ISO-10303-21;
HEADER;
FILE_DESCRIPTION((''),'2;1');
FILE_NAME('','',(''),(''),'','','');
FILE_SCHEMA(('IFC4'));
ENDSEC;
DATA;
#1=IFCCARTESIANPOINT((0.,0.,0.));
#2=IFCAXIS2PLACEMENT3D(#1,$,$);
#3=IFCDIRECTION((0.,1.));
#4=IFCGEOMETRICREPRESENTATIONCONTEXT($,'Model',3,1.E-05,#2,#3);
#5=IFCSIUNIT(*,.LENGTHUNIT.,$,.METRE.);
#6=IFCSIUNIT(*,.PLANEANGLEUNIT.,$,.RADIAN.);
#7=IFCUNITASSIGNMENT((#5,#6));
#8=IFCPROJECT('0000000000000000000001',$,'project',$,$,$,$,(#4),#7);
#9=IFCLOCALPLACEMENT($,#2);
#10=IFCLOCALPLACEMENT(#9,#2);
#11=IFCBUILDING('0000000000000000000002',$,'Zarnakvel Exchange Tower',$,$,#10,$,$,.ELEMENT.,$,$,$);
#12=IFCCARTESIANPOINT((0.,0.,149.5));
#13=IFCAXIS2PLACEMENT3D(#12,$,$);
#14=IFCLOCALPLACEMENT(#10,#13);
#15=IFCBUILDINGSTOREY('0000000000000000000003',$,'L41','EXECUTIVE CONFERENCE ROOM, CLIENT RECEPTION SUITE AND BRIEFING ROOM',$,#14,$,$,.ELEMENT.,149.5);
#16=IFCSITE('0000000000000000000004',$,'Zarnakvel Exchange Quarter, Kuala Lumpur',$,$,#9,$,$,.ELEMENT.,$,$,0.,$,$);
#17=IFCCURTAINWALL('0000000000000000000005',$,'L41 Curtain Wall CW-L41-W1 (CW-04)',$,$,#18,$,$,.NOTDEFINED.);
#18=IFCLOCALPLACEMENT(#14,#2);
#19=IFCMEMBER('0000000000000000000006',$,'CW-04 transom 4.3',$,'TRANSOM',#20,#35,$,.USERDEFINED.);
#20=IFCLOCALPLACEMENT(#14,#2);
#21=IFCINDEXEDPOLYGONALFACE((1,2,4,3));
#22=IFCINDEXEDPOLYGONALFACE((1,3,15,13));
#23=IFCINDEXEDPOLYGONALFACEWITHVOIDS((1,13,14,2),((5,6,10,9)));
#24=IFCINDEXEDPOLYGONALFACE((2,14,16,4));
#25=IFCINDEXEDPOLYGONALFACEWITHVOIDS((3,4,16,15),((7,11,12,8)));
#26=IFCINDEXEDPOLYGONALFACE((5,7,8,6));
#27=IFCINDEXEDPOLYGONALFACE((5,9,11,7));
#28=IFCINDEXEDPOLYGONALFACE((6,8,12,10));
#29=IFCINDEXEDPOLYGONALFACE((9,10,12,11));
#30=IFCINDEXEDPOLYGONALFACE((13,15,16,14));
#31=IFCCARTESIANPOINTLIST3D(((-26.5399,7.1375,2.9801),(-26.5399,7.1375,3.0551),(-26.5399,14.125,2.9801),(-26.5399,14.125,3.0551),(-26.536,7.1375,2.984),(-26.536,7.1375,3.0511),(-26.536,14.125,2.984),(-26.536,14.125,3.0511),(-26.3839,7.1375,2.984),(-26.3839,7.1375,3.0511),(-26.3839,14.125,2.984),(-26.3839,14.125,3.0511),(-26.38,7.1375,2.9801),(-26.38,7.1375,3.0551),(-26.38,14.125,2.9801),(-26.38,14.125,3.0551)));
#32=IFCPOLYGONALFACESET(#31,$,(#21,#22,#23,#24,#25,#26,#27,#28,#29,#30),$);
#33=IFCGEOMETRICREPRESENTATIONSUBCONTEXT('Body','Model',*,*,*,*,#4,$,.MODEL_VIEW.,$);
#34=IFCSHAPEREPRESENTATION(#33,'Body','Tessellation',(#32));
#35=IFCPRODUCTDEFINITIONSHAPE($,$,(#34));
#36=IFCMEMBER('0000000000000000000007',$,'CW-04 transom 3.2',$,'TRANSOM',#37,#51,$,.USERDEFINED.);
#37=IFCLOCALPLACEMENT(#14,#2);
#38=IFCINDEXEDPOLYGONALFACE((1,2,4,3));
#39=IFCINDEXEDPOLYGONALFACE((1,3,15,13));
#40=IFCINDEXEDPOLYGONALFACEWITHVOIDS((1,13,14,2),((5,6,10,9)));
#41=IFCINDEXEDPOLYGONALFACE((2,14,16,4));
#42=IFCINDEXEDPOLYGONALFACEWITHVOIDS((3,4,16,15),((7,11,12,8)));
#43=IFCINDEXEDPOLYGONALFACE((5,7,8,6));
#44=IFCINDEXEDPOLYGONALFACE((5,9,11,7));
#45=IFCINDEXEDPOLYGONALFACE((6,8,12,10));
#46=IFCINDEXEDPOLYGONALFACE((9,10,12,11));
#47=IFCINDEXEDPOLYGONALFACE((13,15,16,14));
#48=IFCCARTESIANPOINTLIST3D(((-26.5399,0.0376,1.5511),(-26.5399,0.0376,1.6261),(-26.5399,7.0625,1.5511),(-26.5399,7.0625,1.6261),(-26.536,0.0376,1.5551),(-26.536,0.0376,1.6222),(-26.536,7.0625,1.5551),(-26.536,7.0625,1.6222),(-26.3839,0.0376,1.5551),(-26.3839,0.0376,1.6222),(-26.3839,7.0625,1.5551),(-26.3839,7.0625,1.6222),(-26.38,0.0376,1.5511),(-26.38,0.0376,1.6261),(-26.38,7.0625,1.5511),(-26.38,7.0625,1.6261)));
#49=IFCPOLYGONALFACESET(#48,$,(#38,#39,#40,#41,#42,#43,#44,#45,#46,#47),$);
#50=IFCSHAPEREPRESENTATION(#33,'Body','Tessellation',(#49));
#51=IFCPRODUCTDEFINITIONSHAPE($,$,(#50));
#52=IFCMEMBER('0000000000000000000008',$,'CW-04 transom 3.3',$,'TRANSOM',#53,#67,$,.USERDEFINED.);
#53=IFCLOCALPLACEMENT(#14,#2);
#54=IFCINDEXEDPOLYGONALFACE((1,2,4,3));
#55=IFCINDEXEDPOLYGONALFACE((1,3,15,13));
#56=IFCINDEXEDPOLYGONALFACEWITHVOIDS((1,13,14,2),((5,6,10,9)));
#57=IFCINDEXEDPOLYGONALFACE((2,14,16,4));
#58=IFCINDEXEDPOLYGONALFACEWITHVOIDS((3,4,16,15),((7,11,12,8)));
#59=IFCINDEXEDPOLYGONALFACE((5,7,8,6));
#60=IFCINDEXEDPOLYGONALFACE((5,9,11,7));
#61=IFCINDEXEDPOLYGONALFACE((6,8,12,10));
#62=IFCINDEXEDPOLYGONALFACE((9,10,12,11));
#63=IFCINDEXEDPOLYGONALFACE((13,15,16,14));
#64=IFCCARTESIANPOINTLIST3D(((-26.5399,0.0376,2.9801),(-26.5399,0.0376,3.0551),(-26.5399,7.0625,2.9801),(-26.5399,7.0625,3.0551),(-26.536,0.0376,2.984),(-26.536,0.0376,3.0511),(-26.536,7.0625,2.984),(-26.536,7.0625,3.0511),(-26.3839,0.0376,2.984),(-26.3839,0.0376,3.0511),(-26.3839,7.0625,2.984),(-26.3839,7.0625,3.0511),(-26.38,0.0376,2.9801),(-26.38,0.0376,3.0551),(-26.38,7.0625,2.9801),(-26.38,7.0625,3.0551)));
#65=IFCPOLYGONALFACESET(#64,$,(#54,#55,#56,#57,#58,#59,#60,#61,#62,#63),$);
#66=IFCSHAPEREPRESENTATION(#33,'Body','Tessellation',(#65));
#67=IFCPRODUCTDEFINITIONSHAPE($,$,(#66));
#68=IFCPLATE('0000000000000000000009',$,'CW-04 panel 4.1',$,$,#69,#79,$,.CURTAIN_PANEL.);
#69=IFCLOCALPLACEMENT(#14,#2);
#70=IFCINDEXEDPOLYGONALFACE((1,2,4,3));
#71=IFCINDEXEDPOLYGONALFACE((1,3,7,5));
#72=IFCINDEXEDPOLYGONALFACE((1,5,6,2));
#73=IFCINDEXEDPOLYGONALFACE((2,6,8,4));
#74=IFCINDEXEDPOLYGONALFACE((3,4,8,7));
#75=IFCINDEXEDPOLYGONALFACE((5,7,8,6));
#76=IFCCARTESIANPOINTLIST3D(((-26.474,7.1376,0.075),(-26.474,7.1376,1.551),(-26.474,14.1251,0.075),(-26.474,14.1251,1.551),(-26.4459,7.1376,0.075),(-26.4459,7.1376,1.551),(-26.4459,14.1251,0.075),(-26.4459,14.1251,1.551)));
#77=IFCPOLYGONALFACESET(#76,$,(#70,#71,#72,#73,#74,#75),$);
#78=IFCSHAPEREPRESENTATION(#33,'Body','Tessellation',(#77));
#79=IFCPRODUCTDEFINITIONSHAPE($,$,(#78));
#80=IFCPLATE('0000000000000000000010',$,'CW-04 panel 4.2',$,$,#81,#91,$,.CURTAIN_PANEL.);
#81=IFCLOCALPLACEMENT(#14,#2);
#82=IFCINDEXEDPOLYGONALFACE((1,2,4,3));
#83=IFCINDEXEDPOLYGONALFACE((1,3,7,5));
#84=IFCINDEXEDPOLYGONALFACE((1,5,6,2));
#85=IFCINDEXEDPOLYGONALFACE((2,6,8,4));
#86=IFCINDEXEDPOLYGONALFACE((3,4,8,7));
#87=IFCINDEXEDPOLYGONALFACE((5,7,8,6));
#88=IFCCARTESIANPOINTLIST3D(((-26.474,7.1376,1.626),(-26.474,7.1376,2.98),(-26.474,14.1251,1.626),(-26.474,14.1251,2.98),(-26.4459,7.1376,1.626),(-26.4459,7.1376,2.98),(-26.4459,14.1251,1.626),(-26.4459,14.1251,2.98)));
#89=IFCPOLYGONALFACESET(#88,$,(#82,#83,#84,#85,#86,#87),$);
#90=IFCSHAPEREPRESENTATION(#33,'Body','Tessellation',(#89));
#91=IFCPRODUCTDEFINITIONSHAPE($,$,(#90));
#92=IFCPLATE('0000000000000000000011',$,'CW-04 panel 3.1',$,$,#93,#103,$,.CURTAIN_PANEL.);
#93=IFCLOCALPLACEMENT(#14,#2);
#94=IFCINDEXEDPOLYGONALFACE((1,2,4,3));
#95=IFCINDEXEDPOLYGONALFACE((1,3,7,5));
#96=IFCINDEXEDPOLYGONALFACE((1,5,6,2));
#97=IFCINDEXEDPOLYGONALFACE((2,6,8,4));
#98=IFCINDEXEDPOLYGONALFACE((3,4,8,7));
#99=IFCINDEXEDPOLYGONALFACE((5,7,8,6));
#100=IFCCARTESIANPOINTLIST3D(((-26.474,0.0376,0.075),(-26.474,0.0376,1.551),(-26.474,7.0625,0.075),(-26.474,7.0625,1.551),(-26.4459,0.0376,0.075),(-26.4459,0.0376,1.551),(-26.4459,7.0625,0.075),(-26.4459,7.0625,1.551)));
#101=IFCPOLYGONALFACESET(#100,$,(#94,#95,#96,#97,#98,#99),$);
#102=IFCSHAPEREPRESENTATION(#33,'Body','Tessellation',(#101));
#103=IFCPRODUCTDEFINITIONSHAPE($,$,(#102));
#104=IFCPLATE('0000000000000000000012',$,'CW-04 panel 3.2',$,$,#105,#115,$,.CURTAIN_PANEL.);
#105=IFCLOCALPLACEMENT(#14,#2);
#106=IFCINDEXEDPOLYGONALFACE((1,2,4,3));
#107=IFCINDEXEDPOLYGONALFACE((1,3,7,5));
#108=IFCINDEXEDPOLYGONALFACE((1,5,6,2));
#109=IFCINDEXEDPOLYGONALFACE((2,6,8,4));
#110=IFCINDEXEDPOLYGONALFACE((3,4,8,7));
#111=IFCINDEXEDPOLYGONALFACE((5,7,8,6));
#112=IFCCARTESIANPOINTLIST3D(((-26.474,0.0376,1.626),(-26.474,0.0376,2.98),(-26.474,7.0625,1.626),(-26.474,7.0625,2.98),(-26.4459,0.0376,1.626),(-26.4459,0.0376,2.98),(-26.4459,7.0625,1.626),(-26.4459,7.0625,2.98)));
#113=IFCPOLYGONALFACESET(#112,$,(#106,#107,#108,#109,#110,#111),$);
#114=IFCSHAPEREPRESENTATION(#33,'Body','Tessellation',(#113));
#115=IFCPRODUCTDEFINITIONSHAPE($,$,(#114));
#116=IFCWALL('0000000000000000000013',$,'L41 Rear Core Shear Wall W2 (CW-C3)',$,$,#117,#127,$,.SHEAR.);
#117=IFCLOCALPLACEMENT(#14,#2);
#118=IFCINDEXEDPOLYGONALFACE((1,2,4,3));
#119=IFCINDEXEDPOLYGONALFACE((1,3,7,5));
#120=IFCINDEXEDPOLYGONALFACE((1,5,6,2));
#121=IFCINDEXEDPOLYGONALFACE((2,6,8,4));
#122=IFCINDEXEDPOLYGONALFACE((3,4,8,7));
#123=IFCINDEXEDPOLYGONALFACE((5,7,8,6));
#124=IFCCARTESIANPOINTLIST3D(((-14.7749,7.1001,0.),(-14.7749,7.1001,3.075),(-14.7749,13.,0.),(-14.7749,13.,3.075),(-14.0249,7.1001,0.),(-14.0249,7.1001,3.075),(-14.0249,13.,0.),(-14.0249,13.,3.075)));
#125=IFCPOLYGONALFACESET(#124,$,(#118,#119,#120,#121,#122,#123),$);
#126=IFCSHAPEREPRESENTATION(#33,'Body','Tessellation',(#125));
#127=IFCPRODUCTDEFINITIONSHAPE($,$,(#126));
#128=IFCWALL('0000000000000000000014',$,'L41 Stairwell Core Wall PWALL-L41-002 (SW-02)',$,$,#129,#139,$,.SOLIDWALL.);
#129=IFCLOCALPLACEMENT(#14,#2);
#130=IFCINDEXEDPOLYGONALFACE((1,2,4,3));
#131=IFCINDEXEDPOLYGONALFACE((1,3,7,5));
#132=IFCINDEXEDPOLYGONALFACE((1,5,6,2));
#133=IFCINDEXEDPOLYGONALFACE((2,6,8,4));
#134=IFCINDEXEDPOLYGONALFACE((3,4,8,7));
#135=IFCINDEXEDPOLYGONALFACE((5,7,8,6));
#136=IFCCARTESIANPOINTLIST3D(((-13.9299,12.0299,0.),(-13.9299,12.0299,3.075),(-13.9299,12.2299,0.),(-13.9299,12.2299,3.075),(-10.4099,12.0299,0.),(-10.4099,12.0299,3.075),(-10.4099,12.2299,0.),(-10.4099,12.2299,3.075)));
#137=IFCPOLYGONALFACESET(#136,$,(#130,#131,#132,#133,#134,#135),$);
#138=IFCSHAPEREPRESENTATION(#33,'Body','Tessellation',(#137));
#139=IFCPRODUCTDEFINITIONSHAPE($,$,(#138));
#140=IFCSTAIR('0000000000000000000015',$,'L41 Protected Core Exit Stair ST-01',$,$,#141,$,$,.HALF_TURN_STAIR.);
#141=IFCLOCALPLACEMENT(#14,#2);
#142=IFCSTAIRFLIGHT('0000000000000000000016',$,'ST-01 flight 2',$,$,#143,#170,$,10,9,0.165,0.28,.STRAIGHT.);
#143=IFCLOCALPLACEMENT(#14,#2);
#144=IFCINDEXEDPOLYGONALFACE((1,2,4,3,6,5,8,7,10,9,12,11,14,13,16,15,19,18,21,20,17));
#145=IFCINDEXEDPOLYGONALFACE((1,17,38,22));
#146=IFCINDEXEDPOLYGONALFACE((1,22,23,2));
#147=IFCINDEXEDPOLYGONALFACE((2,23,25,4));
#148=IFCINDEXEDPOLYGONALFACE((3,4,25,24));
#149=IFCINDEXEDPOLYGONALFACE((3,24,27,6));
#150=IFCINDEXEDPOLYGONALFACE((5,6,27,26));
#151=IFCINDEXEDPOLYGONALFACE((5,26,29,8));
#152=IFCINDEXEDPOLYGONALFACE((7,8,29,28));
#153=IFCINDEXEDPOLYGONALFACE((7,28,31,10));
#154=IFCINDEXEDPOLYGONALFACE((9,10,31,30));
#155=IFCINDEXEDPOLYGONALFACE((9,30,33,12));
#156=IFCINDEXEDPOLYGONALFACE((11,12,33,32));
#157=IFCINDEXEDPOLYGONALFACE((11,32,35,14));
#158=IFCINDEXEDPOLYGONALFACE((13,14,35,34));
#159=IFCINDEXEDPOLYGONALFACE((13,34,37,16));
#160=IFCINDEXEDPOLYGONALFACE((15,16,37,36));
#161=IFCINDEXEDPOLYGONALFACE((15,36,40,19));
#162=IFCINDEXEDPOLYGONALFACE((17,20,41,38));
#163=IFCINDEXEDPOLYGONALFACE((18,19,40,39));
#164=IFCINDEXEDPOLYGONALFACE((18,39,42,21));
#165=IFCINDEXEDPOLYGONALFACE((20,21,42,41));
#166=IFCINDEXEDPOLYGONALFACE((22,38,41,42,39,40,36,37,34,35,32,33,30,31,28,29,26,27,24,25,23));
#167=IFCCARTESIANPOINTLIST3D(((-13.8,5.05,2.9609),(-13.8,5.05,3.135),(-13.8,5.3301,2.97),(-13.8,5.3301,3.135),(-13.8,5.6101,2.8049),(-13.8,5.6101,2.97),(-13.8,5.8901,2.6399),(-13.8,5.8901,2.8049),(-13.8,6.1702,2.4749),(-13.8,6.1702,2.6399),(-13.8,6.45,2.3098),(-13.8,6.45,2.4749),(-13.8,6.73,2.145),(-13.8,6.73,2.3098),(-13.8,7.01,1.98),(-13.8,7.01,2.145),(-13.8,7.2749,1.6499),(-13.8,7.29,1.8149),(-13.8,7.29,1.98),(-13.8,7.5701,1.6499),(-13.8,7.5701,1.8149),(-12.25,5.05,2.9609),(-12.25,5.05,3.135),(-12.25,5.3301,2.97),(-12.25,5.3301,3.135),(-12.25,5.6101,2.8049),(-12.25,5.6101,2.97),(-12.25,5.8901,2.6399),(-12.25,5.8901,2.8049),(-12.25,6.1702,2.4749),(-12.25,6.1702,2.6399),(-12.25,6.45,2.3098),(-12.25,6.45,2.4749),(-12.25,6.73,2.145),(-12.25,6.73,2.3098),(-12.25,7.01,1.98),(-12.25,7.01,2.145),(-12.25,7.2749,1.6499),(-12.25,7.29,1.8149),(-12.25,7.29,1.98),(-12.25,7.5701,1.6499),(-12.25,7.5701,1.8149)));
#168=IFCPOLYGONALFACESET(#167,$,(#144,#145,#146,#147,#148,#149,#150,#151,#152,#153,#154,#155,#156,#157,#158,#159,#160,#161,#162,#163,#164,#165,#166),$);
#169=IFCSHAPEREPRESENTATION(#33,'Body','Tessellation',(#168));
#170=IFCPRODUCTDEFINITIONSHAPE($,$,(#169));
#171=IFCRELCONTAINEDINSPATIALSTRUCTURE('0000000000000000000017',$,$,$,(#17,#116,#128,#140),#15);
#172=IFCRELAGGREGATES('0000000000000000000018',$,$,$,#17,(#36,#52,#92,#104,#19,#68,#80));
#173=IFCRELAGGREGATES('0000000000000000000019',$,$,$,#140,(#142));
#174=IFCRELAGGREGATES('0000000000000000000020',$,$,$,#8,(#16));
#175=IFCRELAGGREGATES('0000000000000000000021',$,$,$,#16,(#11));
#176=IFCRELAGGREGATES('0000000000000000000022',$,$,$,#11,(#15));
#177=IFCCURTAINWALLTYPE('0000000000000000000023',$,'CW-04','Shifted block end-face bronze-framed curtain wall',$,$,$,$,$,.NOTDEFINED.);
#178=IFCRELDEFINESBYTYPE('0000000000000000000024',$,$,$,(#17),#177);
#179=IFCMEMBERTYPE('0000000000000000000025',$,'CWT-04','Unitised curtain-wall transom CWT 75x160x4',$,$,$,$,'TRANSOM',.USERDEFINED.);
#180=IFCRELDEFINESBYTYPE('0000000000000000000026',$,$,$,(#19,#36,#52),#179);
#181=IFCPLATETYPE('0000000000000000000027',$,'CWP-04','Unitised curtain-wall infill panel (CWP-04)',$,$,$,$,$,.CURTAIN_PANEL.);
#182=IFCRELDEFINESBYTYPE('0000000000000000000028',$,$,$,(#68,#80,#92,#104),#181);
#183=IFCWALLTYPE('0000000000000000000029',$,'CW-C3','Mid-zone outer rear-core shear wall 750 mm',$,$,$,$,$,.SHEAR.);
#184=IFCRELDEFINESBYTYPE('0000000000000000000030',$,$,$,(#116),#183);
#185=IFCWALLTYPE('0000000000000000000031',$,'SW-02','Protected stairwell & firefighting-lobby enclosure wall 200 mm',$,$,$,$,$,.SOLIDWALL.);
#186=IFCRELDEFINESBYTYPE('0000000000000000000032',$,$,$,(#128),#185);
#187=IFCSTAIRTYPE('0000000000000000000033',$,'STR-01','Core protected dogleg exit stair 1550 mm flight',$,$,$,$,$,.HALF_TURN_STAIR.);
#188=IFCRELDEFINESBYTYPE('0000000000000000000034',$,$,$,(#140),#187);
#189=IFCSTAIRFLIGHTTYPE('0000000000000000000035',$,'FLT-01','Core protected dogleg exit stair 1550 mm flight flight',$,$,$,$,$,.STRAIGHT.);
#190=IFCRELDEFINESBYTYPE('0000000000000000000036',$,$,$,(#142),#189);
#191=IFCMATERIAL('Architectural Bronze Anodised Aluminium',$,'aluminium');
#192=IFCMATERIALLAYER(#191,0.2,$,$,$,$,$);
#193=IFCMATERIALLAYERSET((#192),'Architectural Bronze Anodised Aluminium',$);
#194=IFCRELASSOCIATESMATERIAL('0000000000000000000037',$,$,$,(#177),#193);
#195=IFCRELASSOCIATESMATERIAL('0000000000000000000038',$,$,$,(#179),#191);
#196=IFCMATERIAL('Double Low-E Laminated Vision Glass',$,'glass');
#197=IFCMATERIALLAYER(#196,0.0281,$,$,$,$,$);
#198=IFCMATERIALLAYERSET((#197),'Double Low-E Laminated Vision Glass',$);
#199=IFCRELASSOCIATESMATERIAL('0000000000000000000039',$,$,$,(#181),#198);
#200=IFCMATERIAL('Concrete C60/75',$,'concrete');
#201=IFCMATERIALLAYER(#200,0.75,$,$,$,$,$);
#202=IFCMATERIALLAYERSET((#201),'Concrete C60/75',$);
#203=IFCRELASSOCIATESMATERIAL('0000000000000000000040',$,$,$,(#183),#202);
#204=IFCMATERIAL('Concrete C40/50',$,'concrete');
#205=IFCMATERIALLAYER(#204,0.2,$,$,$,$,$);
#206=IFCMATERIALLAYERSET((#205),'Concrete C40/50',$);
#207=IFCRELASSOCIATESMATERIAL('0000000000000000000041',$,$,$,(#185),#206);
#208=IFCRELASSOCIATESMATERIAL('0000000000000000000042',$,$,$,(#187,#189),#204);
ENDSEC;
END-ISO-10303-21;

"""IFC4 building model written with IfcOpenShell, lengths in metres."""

from ifc_helpers import new_model, si_unit, direction, frame, frame_2d, origin, origin_2d, place, context, subcontext, project, spatial, polyline, rectangle, hollow_rectangle, outline, extrude, source, transform, mapped, material, layer, layer_set, material_profile, profile_set, type_object, element, aggregate, save


model = new_model("IFC4")

# Units and contexts
model_context = context("Model", 3, precision=1e-05, world=origin(), true_north=direction((0.0, 1.0)))
body_context = subcontext(model_context, "Body", "Model", "MODEL_VIEW")
ifc_project = project(units=[si_unit("LENGTHUNIT", "METRE"), si_unit("PLANEANGLEUNIT", "RADIAN")], contexts=[model_context])

# Site, building, storey
site_placement = place(None, origin())
site = spatial("IfcSite", under=ifc_project, at=site_placement, Name="Zarnakvel Exchange Quarter, Kuala Lumpur", CompositionType="ELEMENT", RefElevation=0.0)
building_placement = place(site_placement, origin())
building = spatial("IfcBuilding", under=site, at=building_placement, Name="Zarnakvel Exchange Tower", CompositionType="ELEMENT")
storey_placement = place(building_placement, frame((0.0, 0.0, 149.5)))
storey = spatial("IfcBuildingStorey", under=building, at=storey_placement, Name="L41", Description="EXECUTIVE CONFERENCE ROOM, CLIENT RECEPTION SUITE AND BRIEFING ROOM", CompositionType="ELEMENT", Elevation=149.5)

# Shared definitions
ifc_material_1 = material(Name="Concrete C60/75", Category="concrete")

# Curtain wall, members, plates
ifc_material_2 = material(Name="Architectural Bronze Anodised Aluminium", Category="aluminium")
ifc_layer_1 = layer(ifc_material_2, 0.2)
ifc_layer_set_1 = layer_set([ifc_layer_1], Name="Architectural Bronze Anodised Aluminium")
curtain_wall_type = type_object("IfcCurtainWallType", Name="CW-04", Description="Shifted block end-face bronze-framed curtain wall", PredefinedType="NOTDEFINED", material=ifc_layer_set_1)
curtain_wall_placement = place(storey_placement, origin())
curtain_wall = element("IfcCurtainWall", 1, at=curtain_wall_placement, inside=storey, type_object=curtain_wall_type, Name="L41 Curtain Wall CW-L41-W1 (CW-04)", PredefinedType="NOTDEFINED")
ifc_material_profile_1 = material_profile(ifc_material_2, hollow_rectangle(XDim=0.1599, YDim=0.075, WallThickness=0.0039, at=origin_2d()))
ifc_profile_set_1 = profile_set([ifc_material_profile_1], Name="Architectural Bronze Anodised Aluminium")
member_type_1 = type_object("IfcMemberType", Name="CWT-04", Description="Unitised curtain-wall transom CWT 75x160x4", ElementType="TRANSOM", PredefinedType="USERDEFINED", material=ifc_profile_set_1)
shared_shape_1 = source(origin(), body_context, "Body", "SweptSolid", [
    extrude(hollow_rectangle(XDim=0.1599, YDim=0.075, WallThickness=0.0039, at=origin_2d()), origin(), (0.0, 0.0, 1.0), 6.9875),
])
member_1_placement = place(storey_placement, frame((-26.46, 7.1375, 3.0176), z_axis=(0.0, 1.0, 0.0), x_axis=(-1.0, 0.0, 0.0)))
member_1 = element("IfcMember", 2, at=member_1_placement, type_object=member_type_1, Name="CW-04 transom 4.3", ObjectType="TRANSOM", PredefinedType="USERDEFINED", context=body_context, shape_type="MappedRepresentation", body=[
    mapped(shared_shape_1, transform((0.0, 0.0, 0.0), x_axis=(1.0, 0.0, 0.0), y_axis=(0.0, 1.0, 0.0), z_axis=(0.0, 0.0, 1.0), scale=1.0)),
])
shared_shape_2 = source(origin(), body_context, "Body", "SweptSolid", [
    extrude(hollow_rectangle(XDim=0.1599, YDim=0.075, WallThickness=0.0039, at=origin_2d()), origin(), (0.0, 0.0, 1.0), 7.0249),
])
member_2_placement = place(storey_placement, frame((-26.46, 0.0376, 1.5886), z_axis=(0.0, 1.0, 0.0), x_axis=(-1.0, 0.0, 0.0)))
member_2 = element("IfcMember", 3, at=member_2_placement, type_object=member_type_1, Name="CW-04 transom 3.2", ObjectType="TRANSOM", PredefinedType="USERDEFINED", context=body_context, shape_type="MappedRepresentation", body=[
    mapped(shared_shape_2, transform((0.0, 0.0, 0.0), x_axis=(1.0, 0.0, 0.0), y_axis=(0.0, 1.0, 0.0), z_axis=(0.0, 0.0, 1.0), scale=1.0)),
])
member_3_placement = place(storey_placement, frame((-26.46, 0.0376, 3.0176), z_axis=(0.0, 1.0, 0.0), x_axis=(-1.0, 0.0, 0.0)))
member_3 = element("IfcMember", 4, at=member_3_placement, type_object=member_type_1, Name="CW-04 transom 3.3", ObjectType="TRANSOM", PredefinedType="USERDEFINED", context=body_context, shape_type="MappedRepresentation", body=[
    mapped(shared_shape_2, transform((0.0, 0.0, 0.0), x_axis=(1.0, 0.0, 0.0), y_axis=(0.0, 1.0, 0.0), z_axis=(0.0, 0.0, 1.0), scale=1.0)),
])
ifc_material_3 = material(Name="Double Low-E Laminated Vision Glass", Category="glass")
ifc_layer_2 = layer(ifc_material_3, 0.0281)
ifc_layer_set_2 = layer_set([ifc_layer_2], Name="Double Low-E Laminated Vision Glass")
plate_type = type_object("IfcPlateType", Name="CWP-04", Description="Unitised curtain-wall infill panel (CWP-04)", PredefinedType="CURTAIN_PANEL", material=ifc_layer_set_2)
shared_shape_3 = source(origin(), body_context, "Body", "SweptSolid", [
    extrude(rectangle(XDim=6.9875, YDim=0.0281, at=origin_2d()), origin(), (0.0, 0.0, 1.0), 1.4761),
])
plate_1_placement = place(storey_placement, frame((-26.46, 10.6313, 0.075), z_axis=(0.0, 0.0, 1.0), x_axis=(0.0, 1.0, 0.0)))
plate_1 = element("IfcPlate", 5, at=plate_1_placement, type_object=plate_type, Name="CW-04 panel 4.1", PredefinedType="CURTAIN_PANEL", context=body_context, shape_type="MappedRepresentation", body=[
    mapped(shared_shape_3, transform((0.0, 0.0, 0.0), x_axis=(1.0, 0.0, 0.0), y_axis=(0.0, 1.0, 0.0), z_axis=(0.0, 0.0, 1.0), scale=1.0)),
])
shared_shape_4 = source(origin(), body_context, "Body", "SweptSolid", [
    extrude(rectangle(XDim=6.9875, YDim=0.0281, at=origin_2d()), origin(), (0.0, 0.0, 1.0), 1.354),
])
plate_2_placement = place(storey_placement, frame((-26.46, 10.6313, 1.626), z_axis=(0.0, 0.0, 1.0), x_axis=(0.0, 1.0, 0.0)))
plate_2 = element("IfcPlate", 6, at=plate_2_placement, type_object=plate_type, Name="CW-04 panel 4.2", PredefinedType="CURTAIN_PANEL", context=body_context, shape_type="MappedRepresentation", body=[
    mapped(shared_shape_4, transform((0.0, 0.0, 0.0), x_axis=(1.0, 0.0, 0.0), y_axis=(0.0, 1.0, 0.0), z_axis=(0.0, 0.0, 1.0), scale=1.0)),
])
shared_shape_5 = source(origin(), body_context, "Body", "SweptSolid", [
    extrude(rectangle(XDim=7.0249, YDim=0.0281, at=origin_2d()), origin(), (0.0, 0.0, 1.0), 1.4761),
])
plate_3_placement = place(storey_placement, frame((-26.46, 3.55, 0.075), z_axis=(0.0, 0.0, 1.0), x_axis=(0.0, 1.0, 0.0)))
plate_3 = element("IfcPlate", 7, at=plate_3_placement, type_object=plate_type, Name="CW-04 panel 3.1", PredefinedType="CURTAIN_PANEL", context=body_context, shape_type="MappedRepresentation", body=[
    mapped(shared_shape_5, transform((0.0, 0.0, 0.0), x_axis=(1.0, 0.0, 0.0), y_axis=(0.0, 1.0, 0.0), z_axis=(0.0, 0.0, 1.0), scale=1.0)),
])
shared_shape_6 = source(origin(), body_context, "Body", "SweptSolid", [
    extrude(rectangle(XDim=7.0249, YDim=0.0281, at=origin_2d()), origin(), (0.0, 0.0, 1.0), 1.354),
])
plate_4_placement = place(storey_placement, frame((-26.46, 3.55, 1.626), z_axis=(0.0, 0.0, 1.0), x_axis=(0.0, 1.0, 0.0)))
plate_4 = element("IfcPlate", 8, at=plate_4_placement, type_object=plate_type, Name="CW-04 panel 3.2", PredefinedType="CURTAIN_PANEL", context=body_context, shape_type="MappedRepresentation", body=[
    mapped(shared_shape_6, transform((0.0, 0.0, 0.0), x_axis=(1.0, 0.0, 0.0), y_axis=(0.0, 1.0, 0.0), z_axis=(0.0, 0.0, 1.0), scale=1.0)),
])
aggregate(curtain_wall, [member_2, member_3, plate_3, plate_4, member_1, plate_1, plate_2])

# Walls
ifc_layer_3 = layer(ifc_material_1, 0.75)
ifc_layer_set_3 = layer_set([ifc_layer_3], Name="Concrete C60/75")
wall_type_1 = type_object("IfcWallType", Name="CW-C3", Description="Mid-zone outer rear-core shear wall 750 mm", PredefinedType="SHEAR", material=ifc_layer_set_3)
wall_1_placement = place(storey_placement, frame((-14.3999, 7.1001, 0.0), z_axis=(0.0, 0.0, 1.0), x_axis=(0.0, 1.0, 0.0)))
element("IfcWall", 9, at=wall_1_placement, inside=storey, type_object=wall_type_1, Name="L41 Rear Core Shear Wall W2 (CW-C3)", PredefinedType="SHEAR", context=body_context, shape_type="SweptSolid", body=[
    extrude(rectangle(XDim=5.8999, YDim=0.75, at=frame_2d((2.95, 0.0))), origin(), (0.0, 0.0, 1.0), 3.075),
])
ifc_material_4 = material(Name="Concrete C40/50", Category="concrete")
ifc_layer_4 = layer(ifc_material_4, 0.2)
ifc_layer_set_4 = layer_set([ifc_layer_4], Name="Concrete C40/50")
wall_type_2 = type_object("IfcWallType", Name="SW-02", Description="Protected stairwell & firefighting-lobby enclosure wall 200 mm", PredefinedType="SOLIDWALL", material=ifc_layer_set_4)
wall_2_placement = place(storey_placement, frame((-13.9299, 12.1299, 0.0), z_axis=(0.0, 0.0, 1.0), x_axis=(1.0, 0.0, 0.0)))
element("IfcWall", 10, at=wall_2_placement, inside=storey, type_object=wall_type_2, Name="L41 Stairwell Core Wall PWALL-L41-002 (SW-02)", PredefinedType="SOLIDWALL", context=body_context, shape_type="SweptSolid", body=[
    extrude(rectangle(XDim=3.52, YDim=0.2, at=frame_2d((1.76, 0.0))), origin(), (0.0, 0.0, 1.0), 3.075),
])

# Stair, stair flight
stair_type = type_object("IfcStairType", Name="STR-01", Description="Core protected dogleg exit stair 1550 mm flight", PredefinedType="HALF_TURN_STAIR", material=ifc_material_4)
stair_placement = place(storey_placement, origin())
stair = element("IfcStair", 11, at=stair_placement, inside=storey, type_object=stair_type, Name="L41 Protected Core Exit Stair ST-01", PredefinedType="HALF_TURN_STAIR")
stair_flight_type = type_object("IfcStairFlightType", Name="FLT-01", Description="Core protected dogleg exit stair 1550 mm flight flight", PredefinedType="STRAIGHT", material=ifc_material_4)
stair_flight_placement = place(storey_placement, frame((-13.0249, 7.5701, 1.6499), z_axis=(0.0, 0.0, 1.0), x_axis=(0.0, -1.0, 0.0)))
stair_flight = element("IfcStairFlight", 12, at=stair_flight_placement, type_object=stair_flight_type, Name="ST-01 flight 2", NumberOfRisers=10, NumberOfTreads=9, PredefinedType="STRAIGHT", RiserHeight=0.165, TreadLength=0.28, context=body_context, shape_type="SweptSolid", body=[
    extrude(outline(polyline([(0.0, 0.0), (0.0, 0.165), (0.28, 0.165), (0.28, 0.3301), (0.5601, 0.3301), (0.5601, 0.4951), (0.8401, 0.4951), (0.8401, 0.6599), (1.1201, 0.6599), (1.1201, 0.825), (1.3999, 0.825), (1.3999, 0.99), (1.6799, 0.99), (1.6799, 1.155), (1.96, 1.155), (1.96, 1.3201), (2.24, 1.3201), (2.24, 1.4851), (2.52, 1.4851), (2.52, 1.6499), (2.52, 1.311), (0.2952, 0.0), (0.0, 0.0)])), frame((0.0, 0.7749, 0.0), z_axis=(0.0, -1.0, 0.0), x_axis=(1.0, 0.0, 0.0)), (0.0, 0.0, 1.0), 1.55),
])
aggregate(stair, [stair_flight])

save(model, "model.ifc")
